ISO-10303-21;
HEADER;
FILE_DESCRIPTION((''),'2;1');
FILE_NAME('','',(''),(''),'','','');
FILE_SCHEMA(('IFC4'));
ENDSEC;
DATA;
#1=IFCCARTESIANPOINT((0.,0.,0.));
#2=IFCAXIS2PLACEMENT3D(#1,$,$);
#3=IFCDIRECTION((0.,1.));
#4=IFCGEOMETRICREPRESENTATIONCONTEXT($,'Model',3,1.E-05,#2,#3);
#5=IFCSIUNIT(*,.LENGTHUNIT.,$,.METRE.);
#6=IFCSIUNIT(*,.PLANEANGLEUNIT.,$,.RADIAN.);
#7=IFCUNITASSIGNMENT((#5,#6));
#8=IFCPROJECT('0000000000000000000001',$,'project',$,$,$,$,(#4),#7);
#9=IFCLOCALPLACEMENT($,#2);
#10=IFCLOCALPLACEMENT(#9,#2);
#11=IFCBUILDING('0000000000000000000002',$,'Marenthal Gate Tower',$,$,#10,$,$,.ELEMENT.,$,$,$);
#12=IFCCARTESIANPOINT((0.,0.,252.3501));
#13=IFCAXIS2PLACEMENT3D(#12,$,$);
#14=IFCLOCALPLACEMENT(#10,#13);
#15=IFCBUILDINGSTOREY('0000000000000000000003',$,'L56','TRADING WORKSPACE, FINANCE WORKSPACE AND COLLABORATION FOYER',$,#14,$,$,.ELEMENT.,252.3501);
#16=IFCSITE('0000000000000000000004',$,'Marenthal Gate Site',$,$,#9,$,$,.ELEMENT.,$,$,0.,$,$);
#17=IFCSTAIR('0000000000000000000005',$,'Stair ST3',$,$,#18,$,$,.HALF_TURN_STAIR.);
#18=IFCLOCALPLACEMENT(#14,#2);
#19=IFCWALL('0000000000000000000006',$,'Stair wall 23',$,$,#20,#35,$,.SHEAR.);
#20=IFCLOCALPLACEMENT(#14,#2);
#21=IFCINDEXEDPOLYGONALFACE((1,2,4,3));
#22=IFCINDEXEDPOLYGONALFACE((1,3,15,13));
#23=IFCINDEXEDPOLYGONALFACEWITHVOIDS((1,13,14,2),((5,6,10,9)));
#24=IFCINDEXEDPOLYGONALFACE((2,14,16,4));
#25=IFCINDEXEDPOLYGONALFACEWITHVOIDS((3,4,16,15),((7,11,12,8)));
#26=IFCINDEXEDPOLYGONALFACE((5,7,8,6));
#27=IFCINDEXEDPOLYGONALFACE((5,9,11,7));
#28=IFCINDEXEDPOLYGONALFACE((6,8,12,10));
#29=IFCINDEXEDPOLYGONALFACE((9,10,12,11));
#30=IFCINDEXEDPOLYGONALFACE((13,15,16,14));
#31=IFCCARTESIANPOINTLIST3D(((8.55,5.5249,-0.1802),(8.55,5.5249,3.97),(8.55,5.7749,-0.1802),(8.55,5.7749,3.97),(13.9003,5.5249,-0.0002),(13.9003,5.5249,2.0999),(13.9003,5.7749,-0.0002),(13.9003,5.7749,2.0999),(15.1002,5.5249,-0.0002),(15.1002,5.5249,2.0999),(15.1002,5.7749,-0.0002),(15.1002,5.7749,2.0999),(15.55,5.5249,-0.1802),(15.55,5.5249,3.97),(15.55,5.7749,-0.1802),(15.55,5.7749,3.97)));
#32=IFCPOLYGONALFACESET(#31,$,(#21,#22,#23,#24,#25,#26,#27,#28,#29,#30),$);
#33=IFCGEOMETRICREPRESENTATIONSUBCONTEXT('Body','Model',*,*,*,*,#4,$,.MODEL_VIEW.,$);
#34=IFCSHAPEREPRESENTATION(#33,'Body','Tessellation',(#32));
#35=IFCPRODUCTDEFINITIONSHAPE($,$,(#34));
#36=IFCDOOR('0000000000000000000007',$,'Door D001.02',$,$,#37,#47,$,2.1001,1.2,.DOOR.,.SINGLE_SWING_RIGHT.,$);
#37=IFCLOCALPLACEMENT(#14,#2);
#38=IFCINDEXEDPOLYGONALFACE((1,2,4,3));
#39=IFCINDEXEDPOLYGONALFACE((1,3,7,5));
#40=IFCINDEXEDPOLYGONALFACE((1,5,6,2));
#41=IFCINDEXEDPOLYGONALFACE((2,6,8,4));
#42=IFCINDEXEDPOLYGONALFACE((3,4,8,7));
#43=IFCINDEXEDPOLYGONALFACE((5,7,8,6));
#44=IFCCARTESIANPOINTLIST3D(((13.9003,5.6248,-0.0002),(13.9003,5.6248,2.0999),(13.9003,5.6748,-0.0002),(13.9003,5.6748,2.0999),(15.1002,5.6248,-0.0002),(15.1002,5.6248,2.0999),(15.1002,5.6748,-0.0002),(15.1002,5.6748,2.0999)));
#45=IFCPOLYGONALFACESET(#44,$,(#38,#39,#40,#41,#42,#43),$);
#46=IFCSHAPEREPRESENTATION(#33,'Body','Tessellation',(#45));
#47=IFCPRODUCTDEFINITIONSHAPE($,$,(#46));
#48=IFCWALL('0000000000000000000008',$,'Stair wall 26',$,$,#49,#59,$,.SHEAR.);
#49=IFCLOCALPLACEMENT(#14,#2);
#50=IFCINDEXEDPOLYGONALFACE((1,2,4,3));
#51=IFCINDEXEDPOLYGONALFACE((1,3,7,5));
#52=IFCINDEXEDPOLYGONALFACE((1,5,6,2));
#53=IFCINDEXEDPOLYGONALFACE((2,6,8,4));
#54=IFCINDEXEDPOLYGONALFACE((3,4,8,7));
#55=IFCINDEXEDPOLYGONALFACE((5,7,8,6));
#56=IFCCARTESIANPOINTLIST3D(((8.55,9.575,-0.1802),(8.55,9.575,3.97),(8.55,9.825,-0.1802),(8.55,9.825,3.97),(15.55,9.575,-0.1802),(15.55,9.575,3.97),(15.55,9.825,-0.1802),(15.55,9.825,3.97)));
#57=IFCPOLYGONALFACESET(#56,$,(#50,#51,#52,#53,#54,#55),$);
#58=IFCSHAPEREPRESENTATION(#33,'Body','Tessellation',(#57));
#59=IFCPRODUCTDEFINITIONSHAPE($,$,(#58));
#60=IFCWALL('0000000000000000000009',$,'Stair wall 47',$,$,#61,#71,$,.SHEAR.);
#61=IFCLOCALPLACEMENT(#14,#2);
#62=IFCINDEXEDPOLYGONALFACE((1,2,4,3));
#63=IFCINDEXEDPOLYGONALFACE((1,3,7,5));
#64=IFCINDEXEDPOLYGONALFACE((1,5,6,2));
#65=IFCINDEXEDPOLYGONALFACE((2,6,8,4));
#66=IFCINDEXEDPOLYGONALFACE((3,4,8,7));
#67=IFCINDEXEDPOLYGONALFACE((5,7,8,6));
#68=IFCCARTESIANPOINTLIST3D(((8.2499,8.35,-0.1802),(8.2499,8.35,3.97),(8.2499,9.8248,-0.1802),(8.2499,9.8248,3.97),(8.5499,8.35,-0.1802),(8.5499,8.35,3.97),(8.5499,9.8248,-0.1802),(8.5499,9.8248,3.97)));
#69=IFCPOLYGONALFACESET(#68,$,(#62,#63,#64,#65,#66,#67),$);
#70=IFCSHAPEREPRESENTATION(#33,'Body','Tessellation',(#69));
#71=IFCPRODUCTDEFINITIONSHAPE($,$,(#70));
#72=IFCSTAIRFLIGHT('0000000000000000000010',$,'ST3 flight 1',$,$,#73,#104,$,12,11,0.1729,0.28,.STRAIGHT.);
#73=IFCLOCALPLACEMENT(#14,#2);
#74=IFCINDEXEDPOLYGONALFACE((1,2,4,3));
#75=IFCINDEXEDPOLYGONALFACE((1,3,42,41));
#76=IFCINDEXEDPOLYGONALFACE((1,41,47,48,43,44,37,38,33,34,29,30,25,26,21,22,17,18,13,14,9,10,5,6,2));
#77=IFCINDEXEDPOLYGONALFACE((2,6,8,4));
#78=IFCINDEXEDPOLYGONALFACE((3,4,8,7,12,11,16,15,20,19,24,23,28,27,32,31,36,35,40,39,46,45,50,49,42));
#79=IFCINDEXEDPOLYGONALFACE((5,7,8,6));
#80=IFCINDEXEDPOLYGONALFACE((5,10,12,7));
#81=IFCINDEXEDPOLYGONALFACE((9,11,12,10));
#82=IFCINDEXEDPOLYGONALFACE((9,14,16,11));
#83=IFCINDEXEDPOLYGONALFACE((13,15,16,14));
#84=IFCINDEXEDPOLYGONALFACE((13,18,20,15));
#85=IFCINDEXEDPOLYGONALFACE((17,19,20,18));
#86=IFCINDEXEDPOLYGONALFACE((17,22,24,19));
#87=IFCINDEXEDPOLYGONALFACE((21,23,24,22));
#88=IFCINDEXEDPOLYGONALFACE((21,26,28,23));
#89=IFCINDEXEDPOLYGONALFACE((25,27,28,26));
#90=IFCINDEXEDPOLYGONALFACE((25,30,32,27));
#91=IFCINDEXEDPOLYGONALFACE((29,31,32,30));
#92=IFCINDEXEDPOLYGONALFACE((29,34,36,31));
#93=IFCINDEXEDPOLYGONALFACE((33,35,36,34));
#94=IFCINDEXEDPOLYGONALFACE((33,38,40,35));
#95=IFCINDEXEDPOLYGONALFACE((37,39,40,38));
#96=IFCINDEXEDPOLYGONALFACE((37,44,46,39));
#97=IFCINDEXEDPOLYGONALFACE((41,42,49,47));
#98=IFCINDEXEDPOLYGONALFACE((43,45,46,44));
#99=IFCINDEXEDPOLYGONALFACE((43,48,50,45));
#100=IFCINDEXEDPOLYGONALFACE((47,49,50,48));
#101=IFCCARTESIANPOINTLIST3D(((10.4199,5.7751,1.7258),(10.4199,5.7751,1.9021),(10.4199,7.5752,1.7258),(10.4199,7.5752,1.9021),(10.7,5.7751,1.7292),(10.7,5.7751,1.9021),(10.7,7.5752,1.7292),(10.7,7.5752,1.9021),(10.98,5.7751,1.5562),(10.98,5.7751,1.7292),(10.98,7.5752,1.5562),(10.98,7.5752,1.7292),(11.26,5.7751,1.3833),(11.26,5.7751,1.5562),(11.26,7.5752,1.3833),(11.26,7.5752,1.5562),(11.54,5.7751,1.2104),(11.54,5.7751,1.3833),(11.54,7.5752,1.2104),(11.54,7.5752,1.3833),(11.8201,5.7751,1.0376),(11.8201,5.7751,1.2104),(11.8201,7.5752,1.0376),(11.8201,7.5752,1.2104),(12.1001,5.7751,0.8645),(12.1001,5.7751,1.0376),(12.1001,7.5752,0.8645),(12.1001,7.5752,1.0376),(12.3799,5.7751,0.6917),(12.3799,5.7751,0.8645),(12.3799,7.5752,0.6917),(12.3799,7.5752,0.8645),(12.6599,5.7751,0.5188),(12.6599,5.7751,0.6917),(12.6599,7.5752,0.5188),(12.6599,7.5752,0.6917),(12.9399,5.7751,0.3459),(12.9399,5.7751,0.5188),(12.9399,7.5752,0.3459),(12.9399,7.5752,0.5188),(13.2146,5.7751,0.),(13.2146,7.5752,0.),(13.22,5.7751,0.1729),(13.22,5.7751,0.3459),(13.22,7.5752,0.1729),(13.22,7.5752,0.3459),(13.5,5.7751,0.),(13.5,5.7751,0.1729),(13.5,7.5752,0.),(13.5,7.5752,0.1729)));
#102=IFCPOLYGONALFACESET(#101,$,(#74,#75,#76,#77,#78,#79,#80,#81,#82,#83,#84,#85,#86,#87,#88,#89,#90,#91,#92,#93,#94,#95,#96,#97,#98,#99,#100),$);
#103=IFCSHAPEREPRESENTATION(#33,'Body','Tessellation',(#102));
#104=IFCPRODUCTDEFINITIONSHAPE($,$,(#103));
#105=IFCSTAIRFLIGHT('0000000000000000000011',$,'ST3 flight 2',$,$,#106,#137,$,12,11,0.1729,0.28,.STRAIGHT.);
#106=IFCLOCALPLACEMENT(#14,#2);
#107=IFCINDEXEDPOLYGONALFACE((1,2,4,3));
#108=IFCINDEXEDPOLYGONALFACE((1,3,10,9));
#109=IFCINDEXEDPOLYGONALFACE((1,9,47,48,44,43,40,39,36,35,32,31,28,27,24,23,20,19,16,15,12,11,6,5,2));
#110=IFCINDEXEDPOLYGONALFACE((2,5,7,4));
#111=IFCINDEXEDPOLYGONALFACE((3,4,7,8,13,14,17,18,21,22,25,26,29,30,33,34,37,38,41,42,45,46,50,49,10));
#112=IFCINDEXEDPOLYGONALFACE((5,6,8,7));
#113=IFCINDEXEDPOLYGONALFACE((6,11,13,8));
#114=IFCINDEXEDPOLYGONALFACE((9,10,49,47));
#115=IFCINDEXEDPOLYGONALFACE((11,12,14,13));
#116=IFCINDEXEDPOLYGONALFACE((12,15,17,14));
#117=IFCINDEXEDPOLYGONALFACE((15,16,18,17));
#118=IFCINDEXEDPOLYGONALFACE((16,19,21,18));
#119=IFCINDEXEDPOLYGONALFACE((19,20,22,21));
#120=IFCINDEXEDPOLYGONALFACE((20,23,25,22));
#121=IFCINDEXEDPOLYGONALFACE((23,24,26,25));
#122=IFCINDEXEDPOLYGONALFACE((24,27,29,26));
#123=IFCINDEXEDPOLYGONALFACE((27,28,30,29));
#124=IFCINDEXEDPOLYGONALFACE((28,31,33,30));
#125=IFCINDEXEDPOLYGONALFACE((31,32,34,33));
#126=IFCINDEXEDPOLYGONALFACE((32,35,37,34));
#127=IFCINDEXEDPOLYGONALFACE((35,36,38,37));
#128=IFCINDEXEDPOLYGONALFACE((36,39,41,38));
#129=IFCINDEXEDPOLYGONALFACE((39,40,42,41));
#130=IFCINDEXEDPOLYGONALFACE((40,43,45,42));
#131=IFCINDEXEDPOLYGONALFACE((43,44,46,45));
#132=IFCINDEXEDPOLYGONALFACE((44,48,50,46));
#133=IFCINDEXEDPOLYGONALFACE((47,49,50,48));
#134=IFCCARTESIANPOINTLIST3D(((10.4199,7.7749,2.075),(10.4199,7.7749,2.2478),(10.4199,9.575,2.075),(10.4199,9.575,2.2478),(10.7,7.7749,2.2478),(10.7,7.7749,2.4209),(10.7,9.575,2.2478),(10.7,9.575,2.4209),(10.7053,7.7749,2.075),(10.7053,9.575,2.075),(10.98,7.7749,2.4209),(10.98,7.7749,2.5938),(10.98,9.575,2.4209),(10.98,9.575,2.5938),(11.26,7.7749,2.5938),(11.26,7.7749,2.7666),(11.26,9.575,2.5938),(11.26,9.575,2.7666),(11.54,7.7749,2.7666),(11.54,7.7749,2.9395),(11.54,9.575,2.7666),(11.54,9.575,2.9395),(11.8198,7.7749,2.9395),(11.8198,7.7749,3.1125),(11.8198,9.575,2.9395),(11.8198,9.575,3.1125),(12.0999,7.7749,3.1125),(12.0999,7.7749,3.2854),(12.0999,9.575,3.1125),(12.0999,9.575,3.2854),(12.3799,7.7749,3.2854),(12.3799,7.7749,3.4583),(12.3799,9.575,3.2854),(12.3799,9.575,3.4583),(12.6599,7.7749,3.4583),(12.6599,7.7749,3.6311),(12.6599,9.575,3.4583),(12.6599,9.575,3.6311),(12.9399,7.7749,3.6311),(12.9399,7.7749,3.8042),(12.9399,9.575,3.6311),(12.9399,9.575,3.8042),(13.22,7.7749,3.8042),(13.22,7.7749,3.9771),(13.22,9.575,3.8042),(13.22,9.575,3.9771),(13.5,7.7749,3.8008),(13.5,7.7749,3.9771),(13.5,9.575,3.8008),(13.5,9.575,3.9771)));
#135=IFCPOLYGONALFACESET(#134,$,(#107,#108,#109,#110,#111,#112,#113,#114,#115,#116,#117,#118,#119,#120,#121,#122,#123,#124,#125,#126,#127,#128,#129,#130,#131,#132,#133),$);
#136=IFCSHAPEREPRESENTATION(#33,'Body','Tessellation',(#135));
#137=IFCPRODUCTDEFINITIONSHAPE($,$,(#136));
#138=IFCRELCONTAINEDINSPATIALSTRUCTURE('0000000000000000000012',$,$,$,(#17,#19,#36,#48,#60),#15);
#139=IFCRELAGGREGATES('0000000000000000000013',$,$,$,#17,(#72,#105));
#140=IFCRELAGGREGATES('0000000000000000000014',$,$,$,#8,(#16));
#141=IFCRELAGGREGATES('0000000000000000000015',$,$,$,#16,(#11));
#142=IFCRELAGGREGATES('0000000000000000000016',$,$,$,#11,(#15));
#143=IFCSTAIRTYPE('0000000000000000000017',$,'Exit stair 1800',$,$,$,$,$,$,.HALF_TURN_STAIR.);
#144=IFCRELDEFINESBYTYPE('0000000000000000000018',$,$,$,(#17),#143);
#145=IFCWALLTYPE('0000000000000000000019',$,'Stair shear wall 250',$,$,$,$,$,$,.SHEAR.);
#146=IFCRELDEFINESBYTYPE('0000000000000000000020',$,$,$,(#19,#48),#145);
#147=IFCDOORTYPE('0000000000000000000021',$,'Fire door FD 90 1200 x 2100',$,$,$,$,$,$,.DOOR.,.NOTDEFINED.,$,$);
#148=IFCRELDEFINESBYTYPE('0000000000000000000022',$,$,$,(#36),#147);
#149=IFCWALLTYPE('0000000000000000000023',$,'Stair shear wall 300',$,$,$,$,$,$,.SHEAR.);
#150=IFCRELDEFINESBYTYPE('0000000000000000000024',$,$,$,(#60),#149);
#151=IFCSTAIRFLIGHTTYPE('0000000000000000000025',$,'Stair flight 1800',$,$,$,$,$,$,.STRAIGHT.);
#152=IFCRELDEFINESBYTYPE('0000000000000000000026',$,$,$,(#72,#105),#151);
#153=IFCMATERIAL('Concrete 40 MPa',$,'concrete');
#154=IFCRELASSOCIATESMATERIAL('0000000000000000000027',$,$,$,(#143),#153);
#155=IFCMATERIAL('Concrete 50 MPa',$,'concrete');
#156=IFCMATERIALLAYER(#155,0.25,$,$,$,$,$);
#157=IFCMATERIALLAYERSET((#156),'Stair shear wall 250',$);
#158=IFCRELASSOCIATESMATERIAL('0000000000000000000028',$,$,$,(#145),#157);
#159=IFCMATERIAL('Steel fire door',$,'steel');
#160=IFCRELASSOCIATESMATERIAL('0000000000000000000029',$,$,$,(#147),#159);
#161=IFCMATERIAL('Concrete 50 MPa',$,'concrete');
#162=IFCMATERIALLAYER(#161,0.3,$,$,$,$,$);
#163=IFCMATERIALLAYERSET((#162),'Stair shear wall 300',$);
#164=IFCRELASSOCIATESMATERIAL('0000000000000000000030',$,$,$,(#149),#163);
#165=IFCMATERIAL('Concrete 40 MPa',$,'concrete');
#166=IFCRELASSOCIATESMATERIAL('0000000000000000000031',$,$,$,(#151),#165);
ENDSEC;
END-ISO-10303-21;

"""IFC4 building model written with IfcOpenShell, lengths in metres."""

from ifc_helpers import new_model, si_unit, direction, frame, frame_2d, origin, place, context, subcontext, project, spatial, polyline, rectangle, outline, extrude, material, layer, layer_set, type_object, element, fill, aggregate, save


model = new_model("IFC4")

# Units and contexts
model_context = context("Model", 3, precision=1e-05, world=origin(), true_north=direction((0.0, 1.0)))
body_context = subcontext(model_context, "Body", "Model", "MODEL_VIEW")
ifc_project = project(units=[si_unit("LENGTHUNIT", "METRE"), si_unit("PLANEANGLEUNIT", "RADIAN")], contexts=[model_context])

# Site, building, storey
site_placement = place(None, origin())
site = spatial("IfcSite", under=ifc_project, at=site_placement, Name="Marenthal Gate Site", CompositionType="ELEMENT", RefElevation=0.0)
building_placement = place(site_placement, origin())
building = spatial("IfcBuilding", under=site, at=building_placement, Name="Marenthal Gate Tower", CompositionType="ELEMENT")
storey_placement = place(building_placement, frame((0.0, 0.0, 252.3501)))
storey = spatial("IfcBuildingStorey", under=building, at=storey_placement, Name="L56", Description="TRADING WORKSPACE, FINANCE WORKSPACE AND COLLABORATION FOYER", CompositionType="ELEMENT", Elevation=252.3501)

# Stair
ifc_material_1 = material(Name="Concrete 40 MPa", Category="concrete")
stair_type = type_object("IfcStairType", Name="Exit stair 1800", PredefinedType="HALF_TURN_STAIR", material=ifc_material_1)
stair_1_placement = place(storey_placement, origin())
stair_1 = element("IfcStair", 1, at=stair_1_placement, inside=storey, type_object=stair_type, Name="Stair ST3", PredefinedType="HALF_TURN_STAIR")

# Wall, opening, door
ifc_material_2 = material(Name="Concrete 50 MPa", Category="concrete")
ifc_layer_1 = layer(ifc_material_2, 0.25)
ifc_layer_set_1 = layer_set([ifc_layer_1], Name="Stair shear wall 250")
wall_type_1 = type_object("IfcWallType", Name="Stair shear wall 250", PredefinedType="SHEAR", material=ifc_layer_set_1)
wall_1_placement = place(storey_placement, frame((8.55, 5.6499, -0.1802), z_axis=(0.0, 0.0, 1.0), x_axis=(1.0, 0.0, 0.0)))
wall_1 = element("IfcWall", 2, at=wall_1_placement, inside=storey, type_object=wall_type_1, Name="Stair wall 23", PredefinedType="SHEAR", context=body_context, shape_type="SweptSolid", body=[
    extrude(rectangle(XDim=7.0, YDim=0.25, at=frame_2d((3.5, 0.0))), origin(), (0.0, 0.0, 1.0), 4.1501),
])
opening_1_placement = place(wall_1_placement, frame((5.3501, 0.0, 0.1799)))
opening_1 = element("IfcOpeningElement", 3, at=opening_1_placement, cuts=wall_1, PredefinedType="OPENING", context=body_context, shape_type="SweptSolid", body=[
    extrude(rectangle(XDim=1.2, YDim=2.1001, at=frame_2d((0.6001, 1.05))), frame((0.0, 0.135, 0.0), z_axis=(0.0, -1.0, 0.0), x_axis=(1.0, 0.0, 0.0)), (0.0, 0.0, 1.0), 0.27),
])
ifc_material_3 = material(Name="Steel fire door", Category="steel")
door_type_1 = type_object("IfcDoorType", Name="Fire door FD 90 1200 x 2100", OperationType="NOTDEFINED", PredefinedType="DOOR", material=ifc_material_3)
door_1_placement = place(opening_1_placement, origin())
door_1 = element("IfcDoor", 4, at=door_1_placement, inside=storey, type_object=door_type_1, Name="Door D001.02", OperationType="SINGLE_SWING_RIGHT", OverallHeight=2.1001, OverallWidth=1.2, PredefinedType="DOOR", context=body_context, shape_type="SweptSolid", body=[
    extrude(rectangle(XDim=1.2, YDim=2.1001, at=frame_2d((0.6001, 1.05))), frame((0.0, 0.0249, 0.0), z_axis=(0.0, -1.0, 0.0), x_axis=(1.0, 0.0, 0.0)), (0.0, 0.0, 1.0), 0.05),
])
fill(opening_1, door_1)

# Walls
wall_2_placement = place(storey_placement, frame((8.55, 9.7, -0.1802), z_axis=(0.0, 0.0, 1.0), x_axis=(1.0, 0.0, 0.0)))
element("IfcWall", 5, at=wall_2_placement, inside=storey, type_object=wall_type_1, Name="Stair wall 26", PredefinedType="SHEAR", context=body_context, shape_type="SweptSolid", body=[
    extrude(rectangle(XDim=7.0, YDim=0.25, at=frame_2d((3.5, 0.0))), origin(), (0.0, 0.0, 1.0), 4.1501),
])
ifc_material_4 = material(Name="Concrete 50 MPa", Category="concrete")
ifc_layer_2 = layer(ifc_material_4, 0.3)
ifc_layer_set_2 = layer_set([ifc_layer_2], Name="Stair shear wall 300")
wall_type_2 = type_object("IfcWallType", Name="Stair shear wall 300", PredefinedType="SHEAR", material=ifc_layer_set_2)
wall_3_placement = place(storey_placement, frame((8.3999, 8.3501, -0.1802), z_axis=(0.0, 0.0, 1.0), x_axis=(0.0, 1.0, 0.0)))
element("IfcWall", 6, at=wall_3_placement, inside=storey, type_object=wall_type_2, Name="Stair wall 47", PredefinedType="SHEAR", context=body_context, shape_type="SweptSolid", body=[
    extrude(rectangle(XDim=1.4749, YDim=0.3, at=frame_2d((0.7373, 0.0))), origin(), (0.0, 0.0, 1.0), 4.1501),
])

# Stair flights
ifc_material_5 = material(Name="Concrete 40 MPa", Category="concrete")
stair_flight_type = type_object("IfcStairFlightType", Name="Stair flight 1800", PredefinedType="STRAIGHT", material=ifc_material_5)
stair_flight_1_placement = place(storey_placement, frame((13.5, 6.675, 0.0), z_axis=(0.0, 0.0, 1.0), x_axis=(-1.0, 0.0, 0.0)))
stair_flight_1 = element("IfcStairFlight", 7, at=stair_flight_1_placement, type_object=stair_flight_type, Name="ST3 flight 1", NumberOfRisers=12, NumberOfTreads=11, PredefinedType="STRAIGHT", RiserHeight=0.1729, TreadLength=0.28, context=body_context, shape_type="SweptSolid", body=[
    extrude(outline(polyline([(0.0, 0.0), (0.0, 0.1729), (0.28, 0.1729), (0.28, 0.3459), (0.5601, 0.3459), (0.5601, 0.5188), (0.8401, 0.5188), (0.8401, 0.6917), (1.1201, 0.6917), (1.1201, 0.8645), (1.3999, 0.8645), (1.3999, 1.0376), (1.6799, 1.0376), (1.6799, 1.2104), (1.96, 1.2104), (1.96, 1.3833), (2.24, 1.3833), (2.24, 1.5562), (2.52, 1.5562), (2.52, 1.7292), (2.8, 1.7292), (2.8, 1.9021), (3.0801, 1.9021), (3.0801, 2.075), (3.0801, 1.7258), (0.2854, 0.0), (0.0, 0.0)])), frame((0.0, 0.8999, 0.0), z_axis=(0.0, -1.0, 0.0), x_axis=(1.0, 0.0, 0.0)), (0.0, 0.0, 1.0), 1.8),
])
stair_flight_2_placement = place(storey_placement, frame((10.4199, 8.675, 2.075), z_axis=(0.0, 0.0, 1.0), x_axis=(1.0, 0.0, 0.0)))
stair_flight_2 = element("IfcStairFlight", 8, at=stair_flight_2_placement, type_object=stair_flight_type, Name="ST3 flight 2", NumberOfRisers=12, NumberOfTreads=11, PredefinedType="STRAIGHT", RiserHeight=0.1729, TreadLength=0.28, context=body_context, shape_type="SweptSolid", body=[
    extrude(outline(polyline([(0.0, 0.0), (0.0, 0.1729), (0.28, 0.1729), (0.28, 0.3459), (0.5601, 0.3459), (0.5601, 0.5188), (0.8401, 0.5188), (0.8401, 0.6917), (1.1201, 0.6917), (1.1201, 0.8645), (1.3999, 0.8645), (1.3999, 1.0376), (1.6799, 1.0376), (1.6799, 1.2104), (1.96, 1.2104), (1.96, 1.3833), (2.24, 1.3833), (2.24, 1.5562), (2.52, 1.5562), (2.52, 1.7292), (2.8, 1.7292), (2.8, 1.9021), (3.0801, 1.9021), (3.0801, 2.075), (3.0801, 1.7258), (0.2854, 0.0), (0.0, 0.0)])), frame((0.0, 0.8999, 0.0), z_axis=(0.0, -1.0, 0.0), x_axis=(1.0, 0.0, 0.0)), (0.0, 0.0, 1.0), 1.8),
])
aggregate(stair_1, [stair_flight_1, stair_flight_2])

save(model, "model.ifc")
